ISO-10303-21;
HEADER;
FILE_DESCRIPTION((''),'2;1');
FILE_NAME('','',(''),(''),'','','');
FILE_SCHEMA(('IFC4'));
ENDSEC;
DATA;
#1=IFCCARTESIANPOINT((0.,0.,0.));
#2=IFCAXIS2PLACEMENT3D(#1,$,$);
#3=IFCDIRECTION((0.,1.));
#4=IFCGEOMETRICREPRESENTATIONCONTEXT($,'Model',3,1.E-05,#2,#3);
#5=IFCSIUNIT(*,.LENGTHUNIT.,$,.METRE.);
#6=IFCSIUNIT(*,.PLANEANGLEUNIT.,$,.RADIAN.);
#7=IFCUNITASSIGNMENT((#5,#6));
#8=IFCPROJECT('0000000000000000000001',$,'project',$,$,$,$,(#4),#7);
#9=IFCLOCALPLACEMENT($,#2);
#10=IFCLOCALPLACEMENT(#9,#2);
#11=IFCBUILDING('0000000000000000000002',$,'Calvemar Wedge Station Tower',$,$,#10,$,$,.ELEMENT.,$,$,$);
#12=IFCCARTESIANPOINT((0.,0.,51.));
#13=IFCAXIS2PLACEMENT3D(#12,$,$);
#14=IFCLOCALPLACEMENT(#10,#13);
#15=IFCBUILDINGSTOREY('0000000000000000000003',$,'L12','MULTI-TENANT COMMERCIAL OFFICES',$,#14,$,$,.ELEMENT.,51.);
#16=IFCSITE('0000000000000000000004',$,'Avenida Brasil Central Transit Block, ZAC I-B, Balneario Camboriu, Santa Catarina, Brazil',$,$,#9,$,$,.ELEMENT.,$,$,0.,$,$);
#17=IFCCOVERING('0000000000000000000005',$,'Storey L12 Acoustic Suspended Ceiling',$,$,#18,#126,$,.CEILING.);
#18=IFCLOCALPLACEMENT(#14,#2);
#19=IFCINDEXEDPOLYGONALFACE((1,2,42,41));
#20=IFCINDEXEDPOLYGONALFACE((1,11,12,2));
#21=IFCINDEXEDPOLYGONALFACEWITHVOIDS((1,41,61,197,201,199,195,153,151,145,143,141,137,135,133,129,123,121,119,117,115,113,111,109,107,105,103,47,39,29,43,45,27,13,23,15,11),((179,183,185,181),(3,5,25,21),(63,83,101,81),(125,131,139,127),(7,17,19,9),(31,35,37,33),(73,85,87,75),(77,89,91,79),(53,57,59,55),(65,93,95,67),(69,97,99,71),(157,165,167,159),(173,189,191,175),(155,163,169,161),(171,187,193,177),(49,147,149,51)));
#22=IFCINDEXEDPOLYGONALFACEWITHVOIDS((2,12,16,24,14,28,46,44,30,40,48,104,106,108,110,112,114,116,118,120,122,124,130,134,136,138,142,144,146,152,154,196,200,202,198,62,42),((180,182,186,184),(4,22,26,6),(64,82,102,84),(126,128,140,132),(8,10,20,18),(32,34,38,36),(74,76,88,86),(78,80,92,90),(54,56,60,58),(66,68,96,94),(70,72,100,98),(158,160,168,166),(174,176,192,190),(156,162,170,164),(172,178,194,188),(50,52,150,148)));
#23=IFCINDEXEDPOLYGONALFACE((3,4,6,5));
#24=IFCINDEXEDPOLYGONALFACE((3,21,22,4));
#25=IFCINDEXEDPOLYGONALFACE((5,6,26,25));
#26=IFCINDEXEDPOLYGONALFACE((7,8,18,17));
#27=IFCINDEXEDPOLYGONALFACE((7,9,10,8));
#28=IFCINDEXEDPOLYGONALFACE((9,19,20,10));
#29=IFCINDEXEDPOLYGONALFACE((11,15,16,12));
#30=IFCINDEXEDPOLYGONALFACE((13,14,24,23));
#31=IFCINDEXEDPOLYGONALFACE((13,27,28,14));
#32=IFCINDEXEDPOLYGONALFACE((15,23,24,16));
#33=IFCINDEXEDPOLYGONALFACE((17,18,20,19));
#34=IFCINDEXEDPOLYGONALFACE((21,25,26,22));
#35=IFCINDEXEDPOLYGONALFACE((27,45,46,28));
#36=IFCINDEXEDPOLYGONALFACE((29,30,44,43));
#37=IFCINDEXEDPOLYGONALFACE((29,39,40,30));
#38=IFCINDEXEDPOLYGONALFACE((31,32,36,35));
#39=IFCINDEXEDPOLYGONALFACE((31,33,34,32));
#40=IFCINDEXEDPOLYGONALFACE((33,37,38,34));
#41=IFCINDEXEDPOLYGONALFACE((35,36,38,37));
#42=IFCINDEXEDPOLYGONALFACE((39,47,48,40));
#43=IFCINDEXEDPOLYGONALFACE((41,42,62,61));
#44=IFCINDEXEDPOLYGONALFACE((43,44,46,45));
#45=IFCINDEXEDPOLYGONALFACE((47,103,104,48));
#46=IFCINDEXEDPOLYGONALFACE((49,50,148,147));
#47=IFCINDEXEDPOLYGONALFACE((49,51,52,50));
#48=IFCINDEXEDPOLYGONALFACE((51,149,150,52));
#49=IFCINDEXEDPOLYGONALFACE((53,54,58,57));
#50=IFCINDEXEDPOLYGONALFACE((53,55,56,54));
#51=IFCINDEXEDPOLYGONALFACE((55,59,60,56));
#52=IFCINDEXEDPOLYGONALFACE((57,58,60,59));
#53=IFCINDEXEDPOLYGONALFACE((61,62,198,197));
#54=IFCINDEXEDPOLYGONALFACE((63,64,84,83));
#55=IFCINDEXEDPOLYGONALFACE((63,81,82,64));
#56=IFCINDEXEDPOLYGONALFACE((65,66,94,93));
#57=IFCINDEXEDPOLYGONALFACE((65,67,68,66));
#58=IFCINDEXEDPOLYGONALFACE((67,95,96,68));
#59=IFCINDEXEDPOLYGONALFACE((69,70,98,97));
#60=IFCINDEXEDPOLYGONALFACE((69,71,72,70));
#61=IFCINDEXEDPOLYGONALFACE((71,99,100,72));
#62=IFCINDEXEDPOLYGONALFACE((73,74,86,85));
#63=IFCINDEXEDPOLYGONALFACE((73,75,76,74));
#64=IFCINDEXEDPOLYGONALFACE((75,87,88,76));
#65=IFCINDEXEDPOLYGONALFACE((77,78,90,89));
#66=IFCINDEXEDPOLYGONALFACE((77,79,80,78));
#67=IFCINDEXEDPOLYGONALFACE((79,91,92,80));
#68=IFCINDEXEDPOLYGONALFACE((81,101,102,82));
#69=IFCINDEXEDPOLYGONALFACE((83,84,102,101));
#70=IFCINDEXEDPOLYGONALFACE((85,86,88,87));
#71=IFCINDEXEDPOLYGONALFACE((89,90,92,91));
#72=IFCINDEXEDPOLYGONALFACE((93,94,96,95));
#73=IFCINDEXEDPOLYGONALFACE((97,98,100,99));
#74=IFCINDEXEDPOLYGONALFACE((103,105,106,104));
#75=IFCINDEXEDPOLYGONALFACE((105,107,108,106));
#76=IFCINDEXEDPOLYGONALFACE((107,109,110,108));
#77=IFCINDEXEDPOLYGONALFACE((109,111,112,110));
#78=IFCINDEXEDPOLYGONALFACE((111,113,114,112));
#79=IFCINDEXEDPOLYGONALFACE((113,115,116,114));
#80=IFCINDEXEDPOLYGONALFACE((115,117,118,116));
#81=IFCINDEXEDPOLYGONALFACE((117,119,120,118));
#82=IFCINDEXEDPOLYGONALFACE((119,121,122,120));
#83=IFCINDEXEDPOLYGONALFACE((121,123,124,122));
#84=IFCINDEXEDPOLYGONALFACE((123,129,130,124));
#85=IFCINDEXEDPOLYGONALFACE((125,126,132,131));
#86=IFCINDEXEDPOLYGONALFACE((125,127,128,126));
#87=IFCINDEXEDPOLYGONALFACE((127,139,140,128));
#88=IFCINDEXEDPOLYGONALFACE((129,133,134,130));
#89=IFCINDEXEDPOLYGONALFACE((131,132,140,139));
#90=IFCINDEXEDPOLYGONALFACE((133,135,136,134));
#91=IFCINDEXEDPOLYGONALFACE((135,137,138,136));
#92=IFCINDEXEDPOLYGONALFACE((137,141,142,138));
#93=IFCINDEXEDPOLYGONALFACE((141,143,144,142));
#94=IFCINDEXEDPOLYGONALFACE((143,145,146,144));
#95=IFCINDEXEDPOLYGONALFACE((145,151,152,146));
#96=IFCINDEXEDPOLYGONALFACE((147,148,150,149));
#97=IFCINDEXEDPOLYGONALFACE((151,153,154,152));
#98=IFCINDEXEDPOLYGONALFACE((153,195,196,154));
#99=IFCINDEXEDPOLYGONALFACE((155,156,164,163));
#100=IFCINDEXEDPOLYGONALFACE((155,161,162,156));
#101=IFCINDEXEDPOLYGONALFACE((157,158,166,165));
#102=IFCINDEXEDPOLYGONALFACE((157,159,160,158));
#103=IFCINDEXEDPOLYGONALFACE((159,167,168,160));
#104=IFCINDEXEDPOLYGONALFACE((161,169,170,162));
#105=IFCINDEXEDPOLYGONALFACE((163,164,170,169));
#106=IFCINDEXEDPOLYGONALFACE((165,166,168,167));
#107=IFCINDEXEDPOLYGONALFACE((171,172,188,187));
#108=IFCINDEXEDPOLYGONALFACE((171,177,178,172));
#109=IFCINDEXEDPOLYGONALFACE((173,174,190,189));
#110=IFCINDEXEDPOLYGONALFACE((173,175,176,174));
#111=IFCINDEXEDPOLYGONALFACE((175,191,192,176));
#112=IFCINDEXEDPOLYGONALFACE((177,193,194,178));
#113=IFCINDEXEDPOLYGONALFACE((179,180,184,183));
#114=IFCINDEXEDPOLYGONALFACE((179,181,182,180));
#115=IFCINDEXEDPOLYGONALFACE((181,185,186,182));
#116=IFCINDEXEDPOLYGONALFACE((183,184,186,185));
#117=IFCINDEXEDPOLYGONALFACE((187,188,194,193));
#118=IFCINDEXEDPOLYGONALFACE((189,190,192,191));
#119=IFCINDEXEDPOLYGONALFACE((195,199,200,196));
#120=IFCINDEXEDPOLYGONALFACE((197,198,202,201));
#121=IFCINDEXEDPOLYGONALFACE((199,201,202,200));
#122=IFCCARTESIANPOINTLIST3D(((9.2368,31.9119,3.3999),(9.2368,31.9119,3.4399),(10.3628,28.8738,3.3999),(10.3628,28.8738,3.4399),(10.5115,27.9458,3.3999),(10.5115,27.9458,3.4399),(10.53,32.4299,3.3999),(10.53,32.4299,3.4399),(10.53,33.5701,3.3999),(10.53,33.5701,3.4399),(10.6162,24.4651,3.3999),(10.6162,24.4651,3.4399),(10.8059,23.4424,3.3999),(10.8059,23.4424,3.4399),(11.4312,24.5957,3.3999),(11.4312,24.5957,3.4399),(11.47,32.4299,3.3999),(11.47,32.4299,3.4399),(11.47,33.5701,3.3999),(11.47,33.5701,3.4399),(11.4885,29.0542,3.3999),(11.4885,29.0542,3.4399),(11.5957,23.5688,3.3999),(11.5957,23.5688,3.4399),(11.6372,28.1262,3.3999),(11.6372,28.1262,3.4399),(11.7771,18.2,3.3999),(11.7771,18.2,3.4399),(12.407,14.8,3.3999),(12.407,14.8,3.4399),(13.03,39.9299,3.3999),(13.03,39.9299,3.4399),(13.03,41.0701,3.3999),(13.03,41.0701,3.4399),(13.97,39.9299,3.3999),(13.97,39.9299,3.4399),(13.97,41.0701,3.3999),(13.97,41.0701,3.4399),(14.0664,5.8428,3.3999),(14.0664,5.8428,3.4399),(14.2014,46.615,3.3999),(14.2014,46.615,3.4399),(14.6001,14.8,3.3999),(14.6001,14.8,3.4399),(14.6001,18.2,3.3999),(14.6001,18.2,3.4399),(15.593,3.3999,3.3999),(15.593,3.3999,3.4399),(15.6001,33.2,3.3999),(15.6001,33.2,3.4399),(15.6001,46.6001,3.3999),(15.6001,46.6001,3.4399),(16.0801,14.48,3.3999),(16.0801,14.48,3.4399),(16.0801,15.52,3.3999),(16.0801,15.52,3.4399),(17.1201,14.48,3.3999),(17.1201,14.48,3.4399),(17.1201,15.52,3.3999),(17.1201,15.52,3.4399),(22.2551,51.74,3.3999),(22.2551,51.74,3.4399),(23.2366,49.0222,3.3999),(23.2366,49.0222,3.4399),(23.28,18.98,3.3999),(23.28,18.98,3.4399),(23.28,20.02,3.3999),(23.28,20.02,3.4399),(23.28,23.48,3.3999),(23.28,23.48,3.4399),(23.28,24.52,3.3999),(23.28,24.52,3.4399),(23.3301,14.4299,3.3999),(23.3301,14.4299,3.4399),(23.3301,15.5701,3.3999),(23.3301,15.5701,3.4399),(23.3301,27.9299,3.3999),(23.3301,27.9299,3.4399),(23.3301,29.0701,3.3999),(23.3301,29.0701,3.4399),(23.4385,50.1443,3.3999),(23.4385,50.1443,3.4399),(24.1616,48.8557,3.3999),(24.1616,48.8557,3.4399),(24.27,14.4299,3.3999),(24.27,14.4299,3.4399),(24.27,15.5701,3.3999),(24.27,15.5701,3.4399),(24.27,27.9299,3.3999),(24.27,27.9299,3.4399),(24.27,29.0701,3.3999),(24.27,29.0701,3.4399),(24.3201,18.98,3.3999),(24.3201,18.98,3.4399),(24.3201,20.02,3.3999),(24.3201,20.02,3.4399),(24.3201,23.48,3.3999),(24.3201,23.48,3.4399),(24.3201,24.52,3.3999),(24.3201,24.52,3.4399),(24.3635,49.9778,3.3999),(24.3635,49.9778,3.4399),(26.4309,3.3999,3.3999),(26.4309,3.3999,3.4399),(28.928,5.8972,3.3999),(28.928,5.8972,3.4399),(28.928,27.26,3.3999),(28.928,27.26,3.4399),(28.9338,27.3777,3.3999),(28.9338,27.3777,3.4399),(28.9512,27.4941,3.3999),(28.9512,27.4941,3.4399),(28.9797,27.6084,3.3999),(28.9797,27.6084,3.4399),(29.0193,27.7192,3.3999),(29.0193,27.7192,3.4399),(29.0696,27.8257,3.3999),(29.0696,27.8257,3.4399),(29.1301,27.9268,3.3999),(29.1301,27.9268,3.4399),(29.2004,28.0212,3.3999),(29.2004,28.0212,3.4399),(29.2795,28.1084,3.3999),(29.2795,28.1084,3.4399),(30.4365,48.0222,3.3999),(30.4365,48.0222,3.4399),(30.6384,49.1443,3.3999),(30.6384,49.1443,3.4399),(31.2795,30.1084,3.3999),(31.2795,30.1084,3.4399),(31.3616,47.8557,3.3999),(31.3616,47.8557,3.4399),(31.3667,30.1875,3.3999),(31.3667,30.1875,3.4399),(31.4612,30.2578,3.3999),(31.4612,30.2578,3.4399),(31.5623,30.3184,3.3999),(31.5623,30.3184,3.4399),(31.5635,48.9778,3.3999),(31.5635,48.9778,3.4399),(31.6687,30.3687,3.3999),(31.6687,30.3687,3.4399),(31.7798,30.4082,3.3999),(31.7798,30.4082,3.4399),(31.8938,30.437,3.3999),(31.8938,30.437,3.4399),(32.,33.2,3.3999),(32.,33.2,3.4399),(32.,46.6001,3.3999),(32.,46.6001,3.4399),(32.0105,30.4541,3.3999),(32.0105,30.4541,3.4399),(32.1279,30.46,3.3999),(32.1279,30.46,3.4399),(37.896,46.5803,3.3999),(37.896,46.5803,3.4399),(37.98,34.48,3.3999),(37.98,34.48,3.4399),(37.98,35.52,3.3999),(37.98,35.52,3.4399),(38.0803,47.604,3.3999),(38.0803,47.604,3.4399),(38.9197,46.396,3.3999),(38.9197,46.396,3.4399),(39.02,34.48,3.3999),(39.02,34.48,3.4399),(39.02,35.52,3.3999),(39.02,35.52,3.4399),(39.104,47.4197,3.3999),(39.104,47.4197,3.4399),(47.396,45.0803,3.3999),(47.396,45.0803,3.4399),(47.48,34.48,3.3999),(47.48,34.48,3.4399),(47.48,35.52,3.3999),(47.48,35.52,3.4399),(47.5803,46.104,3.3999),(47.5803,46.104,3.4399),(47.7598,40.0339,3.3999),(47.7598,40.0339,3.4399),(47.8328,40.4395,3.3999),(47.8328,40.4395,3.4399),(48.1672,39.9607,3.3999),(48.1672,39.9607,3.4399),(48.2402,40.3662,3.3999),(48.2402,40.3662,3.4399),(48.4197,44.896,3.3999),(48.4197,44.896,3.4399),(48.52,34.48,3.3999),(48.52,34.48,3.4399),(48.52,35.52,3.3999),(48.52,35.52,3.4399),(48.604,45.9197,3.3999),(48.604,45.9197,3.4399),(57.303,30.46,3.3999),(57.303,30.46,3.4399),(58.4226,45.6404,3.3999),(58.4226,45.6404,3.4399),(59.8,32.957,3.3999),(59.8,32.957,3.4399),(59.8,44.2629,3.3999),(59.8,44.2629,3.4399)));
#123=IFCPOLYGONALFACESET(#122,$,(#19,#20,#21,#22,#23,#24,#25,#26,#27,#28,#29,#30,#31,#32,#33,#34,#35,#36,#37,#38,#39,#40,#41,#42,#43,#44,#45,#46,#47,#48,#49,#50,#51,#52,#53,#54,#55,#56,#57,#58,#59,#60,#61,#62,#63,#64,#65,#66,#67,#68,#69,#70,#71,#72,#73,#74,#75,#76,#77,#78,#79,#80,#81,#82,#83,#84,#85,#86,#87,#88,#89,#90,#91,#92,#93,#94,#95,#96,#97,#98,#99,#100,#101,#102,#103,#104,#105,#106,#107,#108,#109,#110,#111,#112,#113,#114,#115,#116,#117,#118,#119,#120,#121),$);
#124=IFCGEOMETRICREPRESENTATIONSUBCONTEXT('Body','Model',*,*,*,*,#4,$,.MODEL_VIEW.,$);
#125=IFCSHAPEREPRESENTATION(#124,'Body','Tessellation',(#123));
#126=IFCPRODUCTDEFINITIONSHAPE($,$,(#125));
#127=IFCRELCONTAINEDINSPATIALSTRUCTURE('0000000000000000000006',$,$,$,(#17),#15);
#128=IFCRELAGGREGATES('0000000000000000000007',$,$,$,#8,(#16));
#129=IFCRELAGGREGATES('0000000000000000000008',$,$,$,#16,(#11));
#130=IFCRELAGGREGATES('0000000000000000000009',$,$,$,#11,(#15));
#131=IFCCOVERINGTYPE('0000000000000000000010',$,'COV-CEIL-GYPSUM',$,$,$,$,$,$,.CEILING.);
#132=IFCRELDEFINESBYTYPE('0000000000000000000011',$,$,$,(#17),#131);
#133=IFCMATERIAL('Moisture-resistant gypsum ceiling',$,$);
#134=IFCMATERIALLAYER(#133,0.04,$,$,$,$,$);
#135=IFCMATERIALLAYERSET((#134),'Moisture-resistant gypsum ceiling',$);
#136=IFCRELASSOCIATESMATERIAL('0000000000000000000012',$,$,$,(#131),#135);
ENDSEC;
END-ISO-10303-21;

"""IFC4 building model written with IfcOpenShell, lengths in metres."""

from ifc_helpers import new_model, si_unit, direction, frame, origin, place, context, subcontext, project, spatial, polyline, outline, extrude, material, layer, layer_set, type_object, element, save


model = new_model("IFC4")

# Units and contexts
model_context = context("Model", 3, precision=1e-05, world=origin(), true_north=direction((0.0, 1.0)))
body_context = subcontext(model_context, "Body", "Model", "MODEL_VIEW")
ifc_project = project(units=[si_unit("LENGTHUNIT", "METRE"), si_unit("PLANEANGLEUNIT", "RADIAN")], contexts=[model_context])

# Site, building, storey
site_placement = place(None, origin())
site = spatial("IfcSite", under=ifc_project, at=site_placement, Name="Avenida Brasil Central Transit Block, ZAC I-B, Balneario Camboriu, Santa Catarina, Brazil", CompositionType="ELEMENT", RefElevation=0.0)
building_placement = place(site_placement, origin())
building = spatial("IfcBuilding", under=site, at=building_placement, Name="Calvemar Wedge Station Tower", CompositionType="ELEMENT")
storey_placement = place(building_placement, frame((0.0, 0.0, 51.0)))
storey = spatial("IfcBuildingStorey", under=building, at=storey_placement, Name="L12", Description="MULTI-TENANT COMMERCIAL OFFICES", CompositionType="ELEMENT", Elevation=51.0)

# Covering
ifc_material_1 = material(Name="Moisture-resistant gypsum ceiling")
ifc_layer_1 = layer(ifc_material_1, 0.04)
ifc_layer_set_1 = layer_set([ifc_layer_1], Name="Moisture-resistant gypsum ceiling")
covering_type_1 = type_object("IfcCoveringType", Name="COV-CEIL-GYPSUM", PredefinedType="CEILING", material=ifc_layer_set_1)
covering_1_placement = place(storey_placement, frame((0.0, 0.0, 3.3999)))
element("IfcCovering", 1, at=covering_1_placement, inside=storey, type_object=covering_type_1, Name="Storey L12 Acoustic Suspended Ceiling", PredefinedType="CEILING", context=body_context, shape_type="SweptSolid", body=[
    extrude(outline(polyline([(29.2795, 28.1084), (31.2795, 30.1084), (31.3667, 30.1875), (31.4612, 30.2578), (31.5623, 30.3184), (31.6687, 30.3687), (31.7798, 30.4082), (31.8938, 30.437), (32.0105, 30.4541), (32.1279, 30.46), (57.303, 30.46), (59.8, 32.957), (59.8, 44.2629), (58.4226, 45.6404), (22.2551, 51.74), (14.2014, 46.615), (9.2368, 31.9119), (10.6162, 24.4651), (11.4312, 24.5957), (11.5957, 23.5688), (10.8059, 23.4424), (11.7771, 18.2), (14.6001, 18.2), (14.6001, 14.8), (12.407, 14.8), (14.0664, 5.8428), (15.593, 3.3999), (26.4309, 3.3999), (28.928, 5.8972), (28.928, 27.26), (28.9338, 27.3777), (28.9512, 27.4941), (28.9797, 27.6084), (29.0193, 27.7192), (29.0696, 27.8257), (29.1301, 27.9268), (29.2004, 28.0212), (29.2795, 28.1084)]), holes=[polyline([(15.6001, 46.6001), (32.0, 46.6001), (32.0, 33.2), (15.6001, 33.2), (15.6001, 46.6001)]), polyline([(10.53, 32.4299), (10.53, 33.5701), (11.47, 33.5701), (11.47, 32.4299), (10.53, 32.4299)]), polyline([(13.03, 41.0701), (13.97, 41.0701), (13.97, 39.9299), (13.03, 39.9299), (13.03, 41.0701)]), polyline([(24.3635, 49.9778), (24.1616, 48.8557), (23.2366, 49.0222), (23.4385, 50.1443), (24.3635, 49.9778)]), polyline([(31.3616, 47.8557), (30.4365, 48.0222), (30.6384, 49.1443), (31.5635, 48.9778), (31.3616, 47.8557)]), polyline([(37.896, 46.5803), (38.0803, 47.604), (39.104, 47.4197), (38.9197, 46.396), (37.896, 46.5803)]), polyline([(47.5803, 46.104), (48.604, 45.9197), (48.4197, 44.896), (47.396, 45.0803), (47.5803, 46.104)]), polyline([(39.02, 35.52), (39.02, 34.48), (37.98, 34.48), (37.98, 35.52), (39.02, 35.52)]), polyline([(48.52, 34.48), (47.48, 34.48), (47.48, 35.52), (48.52, 35.52), (48.52, 34.48)]), polyline([(47.7598, 40.0339), (47.8328, 40.4395), (48.2402, 40.3662), (48.1672, 39.9607), (47.7598, 40.0339)]), polyline([(11.4885, 29.0542), (11.6372, 28.1262), (10.5115, 27.9458), (10.3628, 28.8738), (11.4885, 29.0542)]), polyline([(24.27, 27.9299), (23.3301, 27.9299), (23.3301, 29.0701), (24.27, 29.0701), (24.27, 27.9299)]), polyline([(23.28, 23.48), (23.28, 24.52), (24.3201, 24.52), (24.3201, 23.48), (23.28, 23.48)]), polyline([(23.28, 20.02), (24.3201, 20.02), (24.3201, 18.98), (23.28, 18.98), (23.28, 20.02)]), polyline([(24.27, 15.5701), (24.27, 14.4299), (23.3301, 14.4299), (23.3301, 15.5701), (24.27, 15.5701)]), polyline([(17.1201, 14.48), (16.0801, 14.48), (16.0801, 15.52), (17.1201, 15.52), (17.1201, 14.48)])]), origin(), (0.0, 0.0, 1.0), 0.04),
])

save(model, "model.ifc")
